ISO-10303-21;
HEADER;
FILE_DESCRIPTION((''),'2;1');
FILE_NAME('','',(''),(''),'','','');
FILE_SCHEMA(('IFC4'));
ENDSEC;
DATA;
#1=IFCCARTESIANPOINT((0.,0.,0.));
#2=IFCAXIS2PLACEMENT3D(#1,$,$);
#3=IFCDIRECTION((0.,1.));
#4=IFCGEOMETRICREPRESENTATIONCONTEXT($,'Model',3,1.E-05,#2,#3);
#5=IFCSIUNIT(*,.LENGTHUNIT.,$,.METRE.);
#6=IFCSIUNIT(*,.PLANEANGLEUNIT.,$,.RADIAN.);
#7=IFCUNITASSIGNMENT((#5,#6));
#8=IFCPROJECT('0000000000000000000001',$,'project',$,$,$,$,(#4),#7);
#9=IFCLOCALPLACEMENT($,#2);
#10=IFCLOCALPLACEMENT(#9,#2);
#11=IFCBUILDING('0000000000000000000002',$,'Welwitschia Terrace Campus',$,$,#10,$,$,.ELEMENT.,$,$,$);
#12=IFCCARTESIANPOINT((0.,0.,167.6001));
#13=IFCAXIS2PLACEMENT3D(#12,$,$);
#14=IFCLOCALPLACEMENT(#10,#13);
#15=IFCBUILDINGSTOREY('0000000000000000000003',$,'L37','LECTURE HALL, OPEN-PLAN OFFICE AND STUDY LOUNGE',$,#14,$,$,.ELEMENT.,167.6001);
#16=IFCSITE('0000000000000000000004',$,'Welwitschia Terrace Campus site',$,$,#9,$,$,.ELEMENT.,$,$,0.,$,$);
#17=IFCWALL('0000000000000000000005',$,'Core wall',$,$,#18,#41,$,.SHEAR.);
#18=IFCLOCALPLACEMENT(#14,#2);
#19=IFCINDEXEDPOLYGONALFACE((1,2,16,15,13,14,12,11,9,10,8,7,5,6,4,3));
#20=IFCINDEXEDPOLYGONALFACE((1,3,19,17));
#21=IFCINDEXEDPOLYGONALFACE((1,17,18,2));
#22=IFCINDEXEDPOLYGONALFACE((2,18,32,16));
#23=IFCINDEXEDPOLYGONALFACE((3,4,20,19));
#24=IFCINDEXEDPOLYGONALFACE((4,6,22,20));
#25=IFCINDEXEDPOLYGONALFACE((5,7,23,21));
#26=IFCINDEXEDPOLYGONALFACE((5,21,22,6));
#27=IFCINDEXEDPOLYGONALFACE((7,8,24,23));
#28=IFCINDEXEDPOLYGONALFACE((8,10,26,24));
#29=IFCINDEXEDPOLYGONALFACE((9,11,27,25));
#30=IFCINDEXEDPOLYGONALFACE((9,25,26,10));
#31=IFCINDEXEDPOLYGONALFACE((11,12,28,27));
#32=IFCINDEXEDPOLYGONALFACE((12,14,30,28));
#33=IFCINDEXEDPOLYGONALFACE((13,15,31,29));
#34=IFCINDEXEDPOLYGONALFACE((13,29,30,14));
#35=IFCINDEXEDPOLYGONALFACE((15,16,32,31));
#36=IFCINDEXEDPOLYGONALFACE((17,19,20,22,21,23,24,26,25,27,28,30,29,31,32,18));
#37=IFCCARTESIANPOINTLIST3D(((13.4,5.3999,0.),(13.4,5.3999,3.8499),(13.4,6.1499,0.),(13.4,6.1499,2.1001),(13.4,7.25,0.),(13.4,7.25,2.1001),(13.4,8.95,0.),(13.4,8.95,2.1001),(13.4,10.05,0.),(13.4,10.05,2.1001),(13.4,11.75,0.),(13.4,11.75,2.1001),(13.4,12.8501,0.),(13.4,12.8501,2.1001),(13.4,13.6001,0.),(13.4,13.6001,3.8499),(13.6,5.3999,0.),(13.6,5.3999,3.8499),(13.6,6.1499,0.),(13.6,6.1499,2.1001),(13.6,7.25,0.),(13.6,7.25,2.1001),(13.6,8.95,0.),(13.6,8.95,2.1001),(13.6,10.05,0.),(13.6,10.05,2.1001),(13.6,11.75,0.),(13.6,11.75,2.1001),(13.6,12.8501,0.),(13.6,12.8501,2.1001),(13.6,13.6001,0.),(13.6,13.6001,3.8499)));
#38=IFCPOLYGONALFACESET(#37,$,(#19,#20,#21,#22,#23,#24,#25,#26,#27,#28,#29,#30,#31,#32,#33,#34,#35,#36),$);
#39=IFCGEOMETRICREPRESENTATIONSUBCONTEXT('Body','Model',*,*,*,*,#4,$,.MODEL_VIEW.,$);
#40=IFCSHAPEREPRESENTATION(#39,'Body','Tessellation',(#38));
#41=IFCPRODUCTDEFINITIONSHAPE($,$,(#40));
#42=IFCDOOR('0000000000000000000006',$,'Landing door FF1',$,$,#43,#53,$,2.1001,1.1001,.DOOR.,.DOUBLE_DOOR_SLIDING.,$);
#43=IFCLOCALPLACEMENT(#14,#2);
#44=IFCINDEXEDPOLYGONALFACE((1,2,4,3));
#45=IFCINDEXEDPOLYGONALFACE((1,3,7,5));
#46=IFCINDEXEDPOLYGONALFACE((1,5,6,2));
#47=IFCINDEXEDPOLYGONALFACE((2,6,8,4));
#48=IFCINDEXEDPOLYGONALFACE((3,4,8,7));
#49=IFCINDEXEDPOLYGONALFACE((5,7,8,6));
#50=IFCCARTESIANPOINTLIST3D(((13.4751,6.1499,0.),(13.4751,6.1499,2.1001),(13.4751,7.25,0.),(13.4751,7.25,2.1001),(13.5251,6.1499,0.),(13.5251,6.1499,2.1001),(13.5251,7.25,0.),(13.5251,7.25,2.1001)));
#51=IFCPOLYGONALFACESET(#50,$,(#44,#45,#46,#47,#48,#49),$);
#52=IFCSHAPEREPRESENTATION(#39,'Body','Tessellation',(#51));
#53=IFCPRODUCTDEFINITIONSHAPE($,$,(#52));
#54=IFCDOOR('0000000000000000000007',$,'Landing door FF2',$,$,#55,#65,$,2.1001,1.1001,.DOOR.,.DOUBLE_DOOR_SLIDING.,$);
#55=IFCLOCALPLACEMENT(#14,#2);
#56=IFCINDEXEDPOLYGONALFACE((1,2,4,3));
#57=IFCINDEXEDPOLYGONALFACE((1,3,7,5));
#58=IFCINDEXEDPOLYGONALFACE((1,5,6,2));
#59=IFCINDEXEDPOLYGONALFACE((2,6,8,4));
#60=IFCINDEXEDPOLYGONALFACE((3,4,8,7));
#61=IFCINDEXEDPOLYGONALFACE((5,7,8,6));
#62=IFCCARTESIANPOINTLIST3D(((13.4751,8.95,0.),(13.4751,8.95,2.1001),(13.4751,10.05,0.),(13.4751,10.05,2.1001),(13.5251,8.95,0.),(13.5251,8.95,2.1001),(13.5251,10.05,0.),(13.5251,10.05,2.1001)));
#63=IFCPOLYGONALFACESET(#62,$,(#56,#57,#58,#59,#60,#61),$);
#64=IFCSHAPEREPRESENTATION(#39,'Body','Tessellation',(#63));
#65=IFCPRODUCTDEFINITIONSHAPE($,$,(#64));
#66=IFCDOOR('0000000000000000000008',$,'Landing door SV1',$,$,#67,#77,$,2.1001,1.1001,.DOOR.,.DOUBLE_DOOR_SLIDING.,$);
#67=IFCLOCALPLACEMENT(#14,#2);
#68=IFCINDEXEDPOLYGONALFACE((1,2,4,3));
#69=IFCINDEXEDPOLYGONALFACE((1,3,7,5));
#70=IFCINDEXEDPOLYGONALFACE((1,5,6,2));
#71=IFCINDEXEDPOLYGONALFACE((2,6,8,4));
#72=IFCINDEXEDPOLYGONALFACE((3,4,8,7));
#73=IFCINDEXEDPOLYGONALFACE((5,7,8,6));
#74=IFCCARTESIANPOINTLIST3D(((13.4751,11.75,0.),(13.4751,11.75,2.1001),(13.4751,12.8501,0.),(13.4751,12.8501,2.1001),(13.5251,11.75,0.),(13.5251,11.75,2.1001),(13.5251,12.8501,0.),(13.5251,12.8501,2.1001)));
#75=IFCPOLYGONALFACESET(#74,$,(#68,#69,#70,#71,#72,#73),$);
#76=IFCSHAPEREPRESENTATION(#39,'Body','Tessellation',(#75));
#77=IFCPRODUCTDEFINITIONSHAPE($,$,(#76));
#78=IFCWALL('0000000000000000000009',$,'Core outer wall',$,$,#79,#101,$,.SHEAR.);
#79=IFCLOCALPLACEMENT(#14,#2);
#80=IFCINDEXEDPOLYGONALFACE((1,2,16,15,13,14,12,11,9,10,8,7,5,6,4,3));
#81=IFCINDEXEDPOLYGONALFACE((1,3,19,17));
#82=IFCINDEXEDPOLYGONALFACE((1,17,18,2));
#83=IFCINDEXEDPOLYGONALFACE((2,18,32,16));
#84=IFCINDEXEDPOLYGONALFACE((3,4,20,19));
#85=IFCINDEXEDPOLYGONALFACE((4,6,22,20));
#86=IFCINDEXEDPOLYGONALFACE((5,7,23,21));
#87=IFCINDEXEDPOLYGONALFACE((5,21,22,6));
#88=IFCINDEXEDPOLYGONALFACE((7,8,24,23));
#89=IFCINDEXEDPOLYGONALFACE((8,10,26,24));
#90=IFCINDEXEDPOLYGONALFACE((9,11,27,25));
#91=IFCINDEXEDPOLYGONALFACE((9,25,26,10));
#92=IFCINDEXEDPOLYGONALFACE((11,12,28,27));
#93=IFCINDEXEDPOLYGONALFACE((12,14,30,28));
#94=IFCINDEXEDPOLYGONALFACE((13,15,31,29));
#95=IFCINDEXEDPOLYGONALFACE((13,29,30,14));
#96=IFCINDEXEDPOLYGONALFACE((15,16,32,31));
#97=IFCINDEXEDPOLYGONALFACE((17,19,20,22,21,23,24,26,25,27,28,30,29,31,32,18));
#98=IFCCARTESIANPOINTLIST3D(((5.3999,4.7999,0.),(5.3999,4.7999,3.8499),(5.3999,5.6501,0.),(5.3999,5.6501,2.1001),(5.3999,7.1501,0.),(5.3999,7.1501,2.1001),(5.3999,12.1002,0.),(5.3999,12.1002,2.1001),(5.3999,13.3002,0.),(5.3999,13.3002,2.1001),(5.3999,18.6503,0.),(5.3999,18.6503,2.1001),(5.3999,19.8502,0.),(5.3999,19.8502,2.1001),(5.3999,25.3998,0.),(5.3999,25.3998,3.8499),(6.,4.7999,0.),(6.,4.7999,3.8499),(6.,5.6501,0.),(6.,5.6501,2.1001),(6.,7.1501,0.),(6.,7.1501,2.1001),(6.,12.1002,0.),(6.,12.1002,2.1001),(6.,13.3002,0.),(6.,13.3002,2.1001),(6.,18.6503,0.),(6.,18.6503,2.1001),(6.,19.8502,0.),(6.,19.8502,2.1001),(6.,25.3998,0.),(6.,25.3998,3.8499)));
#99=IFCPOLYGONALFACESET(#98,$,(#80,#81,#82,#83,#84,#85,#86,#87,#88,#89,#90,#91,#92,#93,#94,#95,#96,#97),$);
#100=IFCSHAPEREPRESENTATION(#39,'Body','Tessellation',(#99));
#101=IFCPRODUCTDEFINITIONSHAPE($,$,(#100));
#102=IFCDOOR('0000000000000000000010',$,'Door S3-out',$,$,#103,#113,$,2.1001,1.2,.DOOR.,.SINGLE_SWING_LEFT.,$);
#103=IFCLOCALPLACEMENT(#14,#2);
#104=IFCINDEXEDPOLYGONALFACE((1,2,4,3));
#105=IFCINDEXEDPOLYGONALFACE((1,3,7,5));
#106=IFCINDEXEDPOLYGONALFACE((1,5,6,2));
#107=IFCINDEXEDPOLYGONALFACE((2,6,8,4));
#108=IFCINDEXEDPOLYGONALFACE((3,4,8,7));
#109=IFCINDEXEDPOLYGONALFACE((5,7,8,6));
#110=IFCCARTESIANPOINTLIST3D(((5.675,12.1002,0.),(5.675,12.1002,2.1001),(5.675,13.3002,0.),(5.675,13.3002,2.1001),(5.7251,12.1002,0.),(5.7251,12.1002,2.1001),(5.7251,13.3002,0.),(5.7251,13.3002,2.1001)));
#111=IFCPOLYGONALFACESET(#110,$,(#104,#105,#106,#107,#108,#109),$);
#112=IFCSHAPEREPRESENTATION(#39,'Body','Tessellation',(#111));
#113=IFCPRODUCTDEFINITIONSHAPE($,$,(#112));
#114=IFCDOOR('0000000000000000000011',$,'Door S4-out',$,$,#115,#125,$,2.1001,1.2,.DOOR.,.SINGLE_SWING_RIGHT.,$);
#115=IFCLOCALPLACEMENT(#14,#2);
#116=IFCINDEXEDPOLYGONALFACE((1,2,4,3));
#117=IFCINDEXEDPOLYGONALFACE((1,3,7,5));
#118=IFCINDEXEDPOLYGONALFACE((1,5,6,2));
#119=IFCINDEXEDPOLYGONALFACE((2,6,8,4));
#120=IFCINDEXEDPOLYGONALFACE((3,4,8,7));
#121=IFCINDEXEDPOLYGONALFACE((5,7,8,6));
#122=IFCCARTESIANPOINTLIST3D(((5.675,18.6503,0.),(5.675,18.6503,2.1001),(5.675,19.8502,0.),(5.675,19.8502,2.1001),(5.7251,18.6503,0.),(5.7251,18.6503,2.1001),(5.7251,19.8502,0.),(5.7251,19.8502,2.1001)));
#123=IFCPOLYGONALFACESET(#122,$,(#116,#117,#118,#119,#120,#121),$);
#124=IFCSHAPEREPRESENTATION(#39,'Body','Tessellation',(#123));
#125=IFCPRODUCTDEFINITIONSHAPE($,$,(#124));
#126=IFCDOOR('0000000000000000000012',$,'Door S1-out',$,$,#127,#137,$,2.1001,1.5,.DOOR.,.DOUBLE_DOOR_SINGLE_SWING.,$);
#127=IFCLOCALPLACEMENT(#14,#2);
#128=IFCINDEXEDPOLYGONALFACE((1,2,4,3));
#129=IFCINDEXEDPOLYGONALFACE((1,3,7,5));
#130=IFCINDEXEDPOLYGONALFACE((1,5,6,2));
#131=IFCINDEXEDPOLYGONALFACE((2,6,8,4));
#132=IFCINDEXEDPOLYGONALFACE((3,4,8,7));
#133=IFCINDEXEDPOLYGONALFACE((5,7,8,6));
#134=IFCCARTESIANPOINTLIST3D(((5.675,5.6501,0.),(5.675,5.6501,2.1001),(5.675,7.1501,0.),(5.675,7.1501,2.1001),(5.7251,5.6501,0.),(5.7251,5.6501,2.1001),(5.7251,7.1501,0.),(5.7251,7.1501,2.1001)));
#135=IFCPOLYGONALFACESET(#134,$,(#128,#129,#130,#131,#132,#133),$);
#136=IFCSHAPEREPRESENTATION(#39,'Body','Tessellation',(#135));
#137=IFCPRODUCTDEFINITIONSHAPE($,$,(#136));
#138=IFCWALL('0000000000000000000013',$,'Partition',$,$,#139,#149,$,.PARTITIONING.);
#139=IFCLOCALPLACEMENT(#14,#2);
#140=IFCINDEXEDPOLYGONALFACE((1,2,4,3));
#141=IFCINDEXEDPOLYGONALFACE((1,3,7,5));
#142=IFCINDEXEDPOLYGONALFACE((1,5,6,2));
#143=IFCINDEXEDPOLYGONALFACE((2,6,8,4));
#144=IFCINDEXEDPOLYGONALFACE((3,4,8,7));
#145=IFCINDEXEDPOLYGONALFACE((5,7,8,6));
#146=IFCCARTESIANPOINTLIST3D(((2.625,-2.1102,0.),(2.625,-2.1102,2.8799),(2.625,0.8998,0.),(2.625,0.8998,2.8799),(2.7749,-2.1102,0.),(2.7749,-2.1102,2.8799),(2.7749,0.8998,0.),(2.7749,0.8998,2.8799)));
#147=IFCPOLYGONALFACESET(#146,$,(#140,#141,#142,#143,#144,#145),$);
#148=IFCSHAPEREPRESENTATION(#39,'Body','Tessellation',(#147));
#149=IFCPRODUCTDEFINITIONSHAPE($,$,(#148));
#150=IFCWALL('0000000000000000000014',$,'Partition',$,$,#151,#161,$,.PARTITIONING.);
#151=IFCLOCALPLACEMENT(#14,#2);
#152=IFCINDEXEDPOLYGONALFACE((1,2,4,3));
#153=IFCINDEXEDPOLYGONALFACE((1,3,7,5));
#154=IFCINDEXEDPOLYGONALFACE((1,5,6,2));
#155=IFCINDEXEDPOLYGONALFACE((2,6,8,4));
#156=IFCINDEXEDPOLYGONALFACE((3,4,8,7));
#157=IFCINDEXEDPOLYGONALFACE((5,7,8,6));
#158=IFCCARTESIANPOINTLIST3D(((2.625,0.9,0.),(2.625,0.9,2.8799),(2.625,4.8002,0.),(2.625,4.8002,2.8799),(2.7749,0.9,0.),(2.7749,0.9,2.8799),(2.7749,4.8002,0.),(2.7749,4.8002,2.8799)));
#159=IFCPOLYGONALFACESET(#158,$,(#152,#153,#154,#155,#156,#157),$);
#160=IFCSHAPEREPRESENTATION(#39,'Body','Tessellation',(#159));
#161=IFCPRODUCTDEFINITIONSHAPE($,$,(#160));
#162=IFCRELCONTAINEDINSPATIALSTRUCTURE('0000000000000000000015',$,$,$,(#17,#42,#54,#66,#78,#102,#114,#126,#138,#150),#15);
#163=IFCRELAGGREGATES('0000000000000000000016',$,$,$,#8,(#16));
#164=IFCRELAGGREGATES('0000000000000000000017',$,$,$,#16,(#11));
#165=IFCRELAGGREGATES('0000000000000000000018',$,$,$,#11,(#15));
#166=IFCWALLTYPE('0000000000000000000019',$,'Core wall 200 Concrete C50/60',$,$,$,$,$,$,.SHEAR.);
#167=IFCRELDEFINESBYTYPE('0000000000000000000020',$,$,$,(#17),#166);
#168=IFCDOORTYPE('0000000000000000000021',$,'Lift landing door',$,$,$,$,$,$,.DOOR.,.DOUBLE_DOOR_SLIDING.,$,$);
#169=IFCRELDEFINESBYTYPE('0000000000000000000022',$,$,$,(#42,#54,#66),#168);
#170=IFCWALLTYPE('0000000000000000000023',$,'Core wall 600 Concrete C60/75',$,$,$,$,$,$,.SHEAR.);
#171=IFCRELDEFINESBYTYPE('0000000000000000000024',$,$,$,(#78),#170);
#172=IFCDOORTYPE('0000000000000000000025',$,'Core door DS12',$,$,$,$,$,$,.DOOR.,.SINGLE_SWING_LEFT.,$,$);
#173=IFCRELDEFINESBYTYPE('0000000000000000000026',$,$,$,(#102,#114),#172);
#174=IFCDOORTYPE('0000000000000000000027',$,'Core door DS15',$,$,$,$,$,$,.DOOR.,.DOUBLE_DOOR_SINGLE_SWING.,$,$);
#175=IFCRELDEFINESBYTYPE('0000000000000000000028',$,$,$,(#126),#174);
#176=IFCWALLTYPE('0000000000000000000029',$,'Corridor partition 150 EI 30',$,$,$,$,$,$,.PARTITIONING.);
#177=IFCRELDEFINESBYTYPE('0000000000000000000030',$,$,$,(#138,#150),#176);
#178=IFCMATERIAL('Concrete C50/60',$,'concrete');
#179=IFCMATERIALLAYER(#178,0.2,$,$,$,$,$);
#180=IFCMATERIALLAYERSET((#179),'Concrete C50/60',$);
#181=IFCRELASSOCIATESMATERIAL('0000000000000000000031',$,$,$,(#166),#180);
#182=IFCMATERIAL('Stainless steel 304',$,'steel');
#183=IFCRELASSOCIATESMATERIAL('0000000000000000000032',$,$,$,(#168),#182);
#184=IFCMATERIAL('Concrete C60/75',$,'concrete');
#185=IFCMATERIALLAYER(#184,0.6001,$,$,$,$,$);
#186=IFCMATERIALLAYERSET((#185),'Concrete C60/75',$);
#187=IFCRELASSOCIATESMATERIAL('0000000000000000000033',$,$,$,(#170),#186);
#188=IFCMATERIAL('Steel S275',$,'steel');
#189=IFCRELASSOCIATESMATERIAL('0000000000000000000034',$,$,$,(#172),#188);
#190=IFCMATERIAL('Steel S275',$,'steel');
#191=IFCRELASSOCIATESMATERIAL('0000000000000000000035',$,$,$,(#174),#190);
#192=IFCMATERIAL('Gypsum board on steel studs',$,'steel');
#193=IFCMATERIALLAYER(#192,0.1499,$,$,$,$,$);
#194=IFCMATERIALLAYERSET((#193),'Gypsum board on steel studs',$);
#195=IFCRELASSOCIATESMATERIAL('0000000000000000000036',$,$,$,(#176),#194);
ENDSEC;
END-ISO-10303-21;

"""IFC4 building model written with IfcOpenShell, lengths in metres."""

from ifc_helpers import new_model, si_unit, direction, frame, frame_2d, origin, place, context, subcontext, project, spatial, rectangle, extrude, material, layer, layer_set, type_object, element, fill, save


model = new_model("IFC4")

# Units and contexts
model_context = context("Model", 3, precision=1e-05, world=origin(), true_north=direction((0.0, 1.0)))
body_context = subcontext(model_context, "Body", "Model", "MODEL_VIEW")
ifc_project = project(units=[si_unit("LENGTHUNIT", "METRE"), si_unit("PLANEANGLEUNIT", "RADIAN")], contexts=[model_context])

# Site, building, storey
site_placement = place(None, origin())
site = spatial("IfcSite", under=ifc_project, at=site_placement, Name="Welwitschia Terrace Campus site", CompositionType="ELEMENT", RefElevation=0.0)
building_placement = place(site_placement, origin())
building = spatial("IfcBuilding", under=site, at=building_placement, Name="Welwitschia Terrace Campus", CompositionType="ELEMENT")
storey_placement = place(building_placement, frame((0.0, 0.0, 167.6001)))
storey = spatial("IfcBuildingStorey", under=building, at=storey_placement, Name="L37", Description="LECTURE HALL, OPEN-PLAN OFFICE AND STUDY LOUNGE", CompositionType="ELEMENT", Elevation=167.6001)

# Walls, openings, doors
ifc_material_1 = material(Name="Concrete C50/60", Category="concrete")
ifc_layer_1 = layer(ifc_material_1, 0.2)
ifc_layer_set_1 = layer_set([ifc_layer_1], Name="Concrete C50/60")
wall_type_1 = type_object("IfcWallType", Name="Core wall 200 Concrete C50/60", PredefinedType="SHEAR", material=ifc_layer_set_1)
wall_1_placement = place(storey_placement, frame((13.5, 5.3999, 0.0), z_axis=(0.0, 0.0, 1.0), x_axis=(0.0, 1.0, 0.0)))
wall_1 = element("IfcWall", 1, at=wall_1_placement, inside=storey, type_object=wall_type_1, Name="Core wall", PredefinedType="SHEAR", context=body_context, shape_type="SweptSolid", body=[
    extrude(rectangle(XDim=8.2002, YDim=0.2, at=frame_2d((4.1001, 0.0))), origin(), (0.0, 0.0, 1.0), 3.8499),
])
opening_1_placement = place(wall_1_placement, frame((0.75, 0.0, 0.0)))
opening_1 = element("IfcOpeningElement", 2, at=opening_1_placement, cuts=wall_1, PredefinedType="OPENING", context=body_context, shape_type="SweptSolid", body=[
    extrude(rectangle(XDim=1.1001, YDim=2.1001, at=frame_2d((0.55, 1.05))), frame((0.0, 0.1099, 0.0), z_axis=(0.0, -1.0, 0.0), x_axis=(1.0, 0.0, 0.0)), (0.0, 0.0, 1.0), 0.22),
])
opening_2_placement = place(wall_1_placement, frame((3.55, 0.0, 0.0)))
opening_2 = element("IfcOpeningElement", 3, at=opening_2_placement, cuts=wall_1, PredefinedType="OPENING", context=body_context, shape_type="SweptSolid", body=[
    extrude(rectangle(XDim=1.1001, YDim=2.1001, at=frame_2d((0.55, 1.05))), frame((0.0, 0.1099, 0.0), z_axis=(0.0, -1.0, 0.0), x_axis=(1.0, 0.0, 0.0)), (0.0, 0.0, 1.0), 0.22),
])
opening_3_placement = place(wall_1_placement, frame((6.3501, 0.0, 0.0)))
opening_3 = element("IfcOpeningElement", 4, at=opening_3_placement, cuts=wall_1, PredefinedType="OPENING", context=body_context, shape_type="SweptSolid", body=[
    extrude(rectangle(XDim=1.1001, YDim=2.1001, at=frame_2d((0.55, 1.05))), frame((0.0, 0.1099, 0.0), z_axis=(0.0, -1.0, 0.0), x_axis=(1.0, 0.0, 0.0)), (0.0, 0.0, 1.0), 0.22),
])
ifc_material_2 = material(Name="Stainless steel 304", Category="steel")
door_type_1 = type_object("IfcDoorType", Name="Lift landing door", OperationType="DOUBLE_DOOR_SLIDING", PredefinedType="DOOR", material=ifc_material_2)
door_1_placement = place(opening_1_placement, origin())
door_1 = element("IfcDoor", 5, at=door_1_placement, inside=storey, type_object=door_type_1, Name="Landing door FF1", OperationType="DOUBLE_DOOR_SLIDING", OverallHeight=2.1001, OverallWidth=1.1001, PredefinedType="DOOR", context=body_context, shape_type="SweptSolid", body=[
    extrude(rectangle(XDim=1.1001, YDim=2.1001, at=frame_2d((0.55, 1.05))), frame((0.0, 0.0249, 0.0), z_axis=(0.0, -1.0, 0.0), x_axis=(1.0, 0.0, 0.0)), (0.0, 0.0, 1.0), 0.05),
])
fill(opening_1, door_1)
door_2_placement = place(opening_2_placement, origin())
door_2 = element("IfcDoor", 6, at=door_2_placement, inside=storey, type_object=door_type_1, Name="Landing door FF2", OperationType="DOUBLE_DOOR_SLIDING", OverallHeight=2.1001, OverallWidth=1.1001, PredefinedType="DOOR", context=body_context, shape_type="SweptSolid", body=[
    extrude(rectangle(XDim=1.1001, YDim=2.1001, at=frame_2d((0.55, 1.05))), frame((0.0, 0.0249, 0.0), z_axis=(0.0, -1.0, 0.0), x_axis=(1.0, 0.0, 0.0)), (0.0, 0.0, 1.0), 0.05),
])
fill(opening_2, door_2)
door_3_placement = place(opening_3_placement, origin())
door_3 = element("IfcDoor", 7, at=door_3_placement, inside=storey, type_object=door_type_1, Name="Landing door SV1", OperationType="DOUBLE_DOOR_SLIDING", OverallHeight=2.1001, OverallWidth=1.1001, PredefinedType="DOOR", context=body_context, shape_type="SweptSolid", body=[
    extrude(rectangle(XDim=1.1001, YDim=2.1001, at=frame_2d((0.55, 1.05))), frame((0.0, 0.0249, 0.0), z_axis=(0.0, -1.0, 0.0), x_axis=(1.0, 0.0, 0.0)), (0.0, 0.0, 1.0), 0.05),
])
fill(opening_3, door_3)
ifc_material_3 = material(Name="Concrete C60/75", Category="concrete")
ifc_layer_2 = layer(ifc_material_3, 0.6001)
ifc_layer_set_2 = layer_set([ifc_layer_2], Name="Concrete C60/75")
wall_type_2 = type_object("IfcWallType", Name="Core wall 600 Concrete C60/75", PredefinedType="SHEAR", material=ifc_layer_set_2)
wall_2_placement = place(storey_placement, frame((5.7, 4.8, 0.0), z_axis=(0.0, 0.0, 1.0), x_axis=(0.0, 1.0, 0.0)))
wall_2 = element("IfcWall", 8, at=wall_2_placement, inside=storey, type_object=wall_type_2, Name="Core outer wall", PredefinedType="SHEAR", context=body_context, shape_type="SweptSolid", body=[
    extrude(rectangle(XDim=20.5999, YDim=0.6001, at=frame_2d((10.2998, 0.0))), origin(), (0.0, 0.0, 1.0), 3.8499),
])
opening_4_placement = place(wall_2_placement, frame((0.8501, 0.0, 0.0)))
opening_4 = element("IfcOpeningElement", 9, at=opening_4_placement, cuts=wall_2, PredefinedType="OPENING", context=body_context, shape_type="SweptSolid", body=[
    extrude(rectangle(XDim=1.5, YDim=2.1001, at=frame_2d((0.75, 1.05))), frame((0.0, 0.3101, 0.0), z_axis=(0.0, -1.0, 0.0), x_axis=(1.0, 0.0, 0.0)), (0.0, 0.0, 1.0), 0.6201),
])
opening_5_placement = place(wall_2_placement, frame((7.3, 0.0, 0.0)))
opening_5 = element("IfcOpeningElement", 10, at=opening_5_placement, cuts=wall_2, PredefinedType="OPENING", context=body_context, shape_type="SweptSolid", body=[
    extrude(rectangle(XDim=1.2, YDim=2.1001, at=frame_2d((0.6001, 1.05))), frame((0.0, 0.3101, 0.0), z_axis=(0.0, -1.0, 0.0), x_axis=(1.0, 0.0, 0.0)), (0.0, 0.0, 1.0), 0.6201),
])
opening_6_placement = place(wall_2_placement, frame((13.8501, 0.0, 0.0)))
opening_6 = element("IfcOpeningElement", 11, at=opening_6_placement, cuts=wall_2, PredefinedType="OPENING", context=body_context, shape_type="SweptSolid", body=[
    extrude(rectangle(XDim=1.2, YDim=2.1001, at=frame_2d((0.6001, 1.05))), frame((0.0, 0.3101, 0.0), z_axis=(0.0, -1.0, 0.0), x_axis=(1.0, 0.0, 0.0)), (0.0, 0.0, 1.0), 0.6201),
])
ifc_material_4 = material(Name="Steel S275", Category="steel")
door_type_2 = type_object("IfcDoorType", Name="Core door DS12", OperationType="SINGLE_SWING_LEFT", PredefinedType="DOOR", material=ifc_material_4)
door_4_placement = place(opening_5_placement, origin())
door_4 = element("IfcDoor", 12, at=door_4_placement, inside=storey, type_object=door_type_2, Name="Door S3-out", OperationType="SINGLE_SWING_LEFT", OverallHeight=2.1001, OverallWidth=1.2, PredefinedType="DOOR", context=body_context, shape_type="SweptSolid", body=[
    extrude(rectangle(XDim=1.2, YDim=2.1001, at=frame_2d((0.6001, 1.05))), frame((0.0, 0.0249, 0.0), z_axis=(0.0, -1.0, 0.0), x_axis=(1.0, 0.0, 0.0)), (0.0, 0.0, 1.0), 0.05),
])
fill(opening_5, door_4)
door_5_placement = place(opening_6_placement, origin())
door_5 = element("IfcDoor", 13, at=door_5_placement, inside=storey, type_object=door_type_2, Name="Door S4-out", OperationType="SINGLE_SWING_RIGHT", OverallHeight=2.1001, OverallWidth=1.2, PredefinedType="DOOR", context=body_context, shape_type="SweptSolid", body=[
    extrude(rectangle(XDim=1.2, YDim=2.1001, at=frame_2d((0.6001, 1.05))), frame((0.0, 0.0249, 0.0), z_axis=(0.0, -1.0, 0.0), x_axis=(1.0, 0.0, 0.0)), (0.0, 0.0, 1.0), 0.05),
])
fill(opening_6, door_5)
ifc_material_5 = material(Name="Steel S275", Category="steel")
door_type_3 = type_object("IfcDoorType", Name="Core door DS15", OperationType="DOUBLE_DOOR_SINGLE_SWING", PredefinedType="DOOR", material=ifc_material_5)
door_6_placement = place(opening_4_placement, origin())
door_6 = element("IfcDoor", 14, at=door_6_placement, inside=storey, type_object=door_type_3, Name="Door S1-out", OperationType="DOUBLE_DOOR_SINGLE_SWING", OverallHeight=2.1001, OverallWidth=1.5, PredefinedType="DOOR", context=body_context, shape_type="SweptSolid", body=[
    extrude(rectangle(XDim=1.5, YDim=2.1001, at=frame_2d((0.75, 1.05))), frame((0.0, 0.0249, 0.0), z_axis=(0.0, -1.0, 0.0), x_axis=(1.0, 0.0, 0.0)), (0.0, 0.0, 1.0), 0.05),
])
fill(opening_4, door_6)

# Walls
ifc_material_6 = material(Name="Gypsum board on steel studs", Category="steel")
ifc_layer_3 = layer(ifc_material_6, 0.1499)
ifc_layer_set_3 = layer_set([ifc_layer_3], Name="Gypsum board on steel studs")
wall_type_3 = type_object("IfcWallType", Name="Corridor partition 150 EI 30", PredefinedType="PARTITIONING", material=ifc_layer_set_3)
wall_3_placement = place(storey_placement, frame((2.7, -2.1101, 0.0), z_axis=(0.0, 0.0, 1.0), x_axis=(0.0, 1.0, 0.0)))
element("IfcWall", 15, at=wall_3_placement, inside=storey, type_object=wall_type_3, Name="Partition", PredefinedType="PARTITIONING", context=body_context, shape_type="SweptSolid", body=[
    extrude(rectangle(XDim=3.01, YDim=0.1499, at=frame_2d((1.5049, 0.0))), origin(), (0.0, 0.0, 1.0), 2.8799),
])
wall_4_placement = place(storey_placement, frame((2.7, 0.8999, 0.0), z_axis=(0.0, 0.0, 1.0), x_axis=(0.0, 1.0, 0.0)))
element("IfcWall", 16, at=wall_4_placement, inside=storey, type_object=wall_type_3, Name="Partition", PredefinedType="PARTITIONING", context=body_context, shape_type="SweptSolid", body=[
    extrude(rectangle(XDim=3.9001, YDim=0.1499, at=frame_2d((1.9502, 0.0))), origin(), (0.0, 0.0, 1.0), 2.8799),
])

save(model, "model.ifc")
